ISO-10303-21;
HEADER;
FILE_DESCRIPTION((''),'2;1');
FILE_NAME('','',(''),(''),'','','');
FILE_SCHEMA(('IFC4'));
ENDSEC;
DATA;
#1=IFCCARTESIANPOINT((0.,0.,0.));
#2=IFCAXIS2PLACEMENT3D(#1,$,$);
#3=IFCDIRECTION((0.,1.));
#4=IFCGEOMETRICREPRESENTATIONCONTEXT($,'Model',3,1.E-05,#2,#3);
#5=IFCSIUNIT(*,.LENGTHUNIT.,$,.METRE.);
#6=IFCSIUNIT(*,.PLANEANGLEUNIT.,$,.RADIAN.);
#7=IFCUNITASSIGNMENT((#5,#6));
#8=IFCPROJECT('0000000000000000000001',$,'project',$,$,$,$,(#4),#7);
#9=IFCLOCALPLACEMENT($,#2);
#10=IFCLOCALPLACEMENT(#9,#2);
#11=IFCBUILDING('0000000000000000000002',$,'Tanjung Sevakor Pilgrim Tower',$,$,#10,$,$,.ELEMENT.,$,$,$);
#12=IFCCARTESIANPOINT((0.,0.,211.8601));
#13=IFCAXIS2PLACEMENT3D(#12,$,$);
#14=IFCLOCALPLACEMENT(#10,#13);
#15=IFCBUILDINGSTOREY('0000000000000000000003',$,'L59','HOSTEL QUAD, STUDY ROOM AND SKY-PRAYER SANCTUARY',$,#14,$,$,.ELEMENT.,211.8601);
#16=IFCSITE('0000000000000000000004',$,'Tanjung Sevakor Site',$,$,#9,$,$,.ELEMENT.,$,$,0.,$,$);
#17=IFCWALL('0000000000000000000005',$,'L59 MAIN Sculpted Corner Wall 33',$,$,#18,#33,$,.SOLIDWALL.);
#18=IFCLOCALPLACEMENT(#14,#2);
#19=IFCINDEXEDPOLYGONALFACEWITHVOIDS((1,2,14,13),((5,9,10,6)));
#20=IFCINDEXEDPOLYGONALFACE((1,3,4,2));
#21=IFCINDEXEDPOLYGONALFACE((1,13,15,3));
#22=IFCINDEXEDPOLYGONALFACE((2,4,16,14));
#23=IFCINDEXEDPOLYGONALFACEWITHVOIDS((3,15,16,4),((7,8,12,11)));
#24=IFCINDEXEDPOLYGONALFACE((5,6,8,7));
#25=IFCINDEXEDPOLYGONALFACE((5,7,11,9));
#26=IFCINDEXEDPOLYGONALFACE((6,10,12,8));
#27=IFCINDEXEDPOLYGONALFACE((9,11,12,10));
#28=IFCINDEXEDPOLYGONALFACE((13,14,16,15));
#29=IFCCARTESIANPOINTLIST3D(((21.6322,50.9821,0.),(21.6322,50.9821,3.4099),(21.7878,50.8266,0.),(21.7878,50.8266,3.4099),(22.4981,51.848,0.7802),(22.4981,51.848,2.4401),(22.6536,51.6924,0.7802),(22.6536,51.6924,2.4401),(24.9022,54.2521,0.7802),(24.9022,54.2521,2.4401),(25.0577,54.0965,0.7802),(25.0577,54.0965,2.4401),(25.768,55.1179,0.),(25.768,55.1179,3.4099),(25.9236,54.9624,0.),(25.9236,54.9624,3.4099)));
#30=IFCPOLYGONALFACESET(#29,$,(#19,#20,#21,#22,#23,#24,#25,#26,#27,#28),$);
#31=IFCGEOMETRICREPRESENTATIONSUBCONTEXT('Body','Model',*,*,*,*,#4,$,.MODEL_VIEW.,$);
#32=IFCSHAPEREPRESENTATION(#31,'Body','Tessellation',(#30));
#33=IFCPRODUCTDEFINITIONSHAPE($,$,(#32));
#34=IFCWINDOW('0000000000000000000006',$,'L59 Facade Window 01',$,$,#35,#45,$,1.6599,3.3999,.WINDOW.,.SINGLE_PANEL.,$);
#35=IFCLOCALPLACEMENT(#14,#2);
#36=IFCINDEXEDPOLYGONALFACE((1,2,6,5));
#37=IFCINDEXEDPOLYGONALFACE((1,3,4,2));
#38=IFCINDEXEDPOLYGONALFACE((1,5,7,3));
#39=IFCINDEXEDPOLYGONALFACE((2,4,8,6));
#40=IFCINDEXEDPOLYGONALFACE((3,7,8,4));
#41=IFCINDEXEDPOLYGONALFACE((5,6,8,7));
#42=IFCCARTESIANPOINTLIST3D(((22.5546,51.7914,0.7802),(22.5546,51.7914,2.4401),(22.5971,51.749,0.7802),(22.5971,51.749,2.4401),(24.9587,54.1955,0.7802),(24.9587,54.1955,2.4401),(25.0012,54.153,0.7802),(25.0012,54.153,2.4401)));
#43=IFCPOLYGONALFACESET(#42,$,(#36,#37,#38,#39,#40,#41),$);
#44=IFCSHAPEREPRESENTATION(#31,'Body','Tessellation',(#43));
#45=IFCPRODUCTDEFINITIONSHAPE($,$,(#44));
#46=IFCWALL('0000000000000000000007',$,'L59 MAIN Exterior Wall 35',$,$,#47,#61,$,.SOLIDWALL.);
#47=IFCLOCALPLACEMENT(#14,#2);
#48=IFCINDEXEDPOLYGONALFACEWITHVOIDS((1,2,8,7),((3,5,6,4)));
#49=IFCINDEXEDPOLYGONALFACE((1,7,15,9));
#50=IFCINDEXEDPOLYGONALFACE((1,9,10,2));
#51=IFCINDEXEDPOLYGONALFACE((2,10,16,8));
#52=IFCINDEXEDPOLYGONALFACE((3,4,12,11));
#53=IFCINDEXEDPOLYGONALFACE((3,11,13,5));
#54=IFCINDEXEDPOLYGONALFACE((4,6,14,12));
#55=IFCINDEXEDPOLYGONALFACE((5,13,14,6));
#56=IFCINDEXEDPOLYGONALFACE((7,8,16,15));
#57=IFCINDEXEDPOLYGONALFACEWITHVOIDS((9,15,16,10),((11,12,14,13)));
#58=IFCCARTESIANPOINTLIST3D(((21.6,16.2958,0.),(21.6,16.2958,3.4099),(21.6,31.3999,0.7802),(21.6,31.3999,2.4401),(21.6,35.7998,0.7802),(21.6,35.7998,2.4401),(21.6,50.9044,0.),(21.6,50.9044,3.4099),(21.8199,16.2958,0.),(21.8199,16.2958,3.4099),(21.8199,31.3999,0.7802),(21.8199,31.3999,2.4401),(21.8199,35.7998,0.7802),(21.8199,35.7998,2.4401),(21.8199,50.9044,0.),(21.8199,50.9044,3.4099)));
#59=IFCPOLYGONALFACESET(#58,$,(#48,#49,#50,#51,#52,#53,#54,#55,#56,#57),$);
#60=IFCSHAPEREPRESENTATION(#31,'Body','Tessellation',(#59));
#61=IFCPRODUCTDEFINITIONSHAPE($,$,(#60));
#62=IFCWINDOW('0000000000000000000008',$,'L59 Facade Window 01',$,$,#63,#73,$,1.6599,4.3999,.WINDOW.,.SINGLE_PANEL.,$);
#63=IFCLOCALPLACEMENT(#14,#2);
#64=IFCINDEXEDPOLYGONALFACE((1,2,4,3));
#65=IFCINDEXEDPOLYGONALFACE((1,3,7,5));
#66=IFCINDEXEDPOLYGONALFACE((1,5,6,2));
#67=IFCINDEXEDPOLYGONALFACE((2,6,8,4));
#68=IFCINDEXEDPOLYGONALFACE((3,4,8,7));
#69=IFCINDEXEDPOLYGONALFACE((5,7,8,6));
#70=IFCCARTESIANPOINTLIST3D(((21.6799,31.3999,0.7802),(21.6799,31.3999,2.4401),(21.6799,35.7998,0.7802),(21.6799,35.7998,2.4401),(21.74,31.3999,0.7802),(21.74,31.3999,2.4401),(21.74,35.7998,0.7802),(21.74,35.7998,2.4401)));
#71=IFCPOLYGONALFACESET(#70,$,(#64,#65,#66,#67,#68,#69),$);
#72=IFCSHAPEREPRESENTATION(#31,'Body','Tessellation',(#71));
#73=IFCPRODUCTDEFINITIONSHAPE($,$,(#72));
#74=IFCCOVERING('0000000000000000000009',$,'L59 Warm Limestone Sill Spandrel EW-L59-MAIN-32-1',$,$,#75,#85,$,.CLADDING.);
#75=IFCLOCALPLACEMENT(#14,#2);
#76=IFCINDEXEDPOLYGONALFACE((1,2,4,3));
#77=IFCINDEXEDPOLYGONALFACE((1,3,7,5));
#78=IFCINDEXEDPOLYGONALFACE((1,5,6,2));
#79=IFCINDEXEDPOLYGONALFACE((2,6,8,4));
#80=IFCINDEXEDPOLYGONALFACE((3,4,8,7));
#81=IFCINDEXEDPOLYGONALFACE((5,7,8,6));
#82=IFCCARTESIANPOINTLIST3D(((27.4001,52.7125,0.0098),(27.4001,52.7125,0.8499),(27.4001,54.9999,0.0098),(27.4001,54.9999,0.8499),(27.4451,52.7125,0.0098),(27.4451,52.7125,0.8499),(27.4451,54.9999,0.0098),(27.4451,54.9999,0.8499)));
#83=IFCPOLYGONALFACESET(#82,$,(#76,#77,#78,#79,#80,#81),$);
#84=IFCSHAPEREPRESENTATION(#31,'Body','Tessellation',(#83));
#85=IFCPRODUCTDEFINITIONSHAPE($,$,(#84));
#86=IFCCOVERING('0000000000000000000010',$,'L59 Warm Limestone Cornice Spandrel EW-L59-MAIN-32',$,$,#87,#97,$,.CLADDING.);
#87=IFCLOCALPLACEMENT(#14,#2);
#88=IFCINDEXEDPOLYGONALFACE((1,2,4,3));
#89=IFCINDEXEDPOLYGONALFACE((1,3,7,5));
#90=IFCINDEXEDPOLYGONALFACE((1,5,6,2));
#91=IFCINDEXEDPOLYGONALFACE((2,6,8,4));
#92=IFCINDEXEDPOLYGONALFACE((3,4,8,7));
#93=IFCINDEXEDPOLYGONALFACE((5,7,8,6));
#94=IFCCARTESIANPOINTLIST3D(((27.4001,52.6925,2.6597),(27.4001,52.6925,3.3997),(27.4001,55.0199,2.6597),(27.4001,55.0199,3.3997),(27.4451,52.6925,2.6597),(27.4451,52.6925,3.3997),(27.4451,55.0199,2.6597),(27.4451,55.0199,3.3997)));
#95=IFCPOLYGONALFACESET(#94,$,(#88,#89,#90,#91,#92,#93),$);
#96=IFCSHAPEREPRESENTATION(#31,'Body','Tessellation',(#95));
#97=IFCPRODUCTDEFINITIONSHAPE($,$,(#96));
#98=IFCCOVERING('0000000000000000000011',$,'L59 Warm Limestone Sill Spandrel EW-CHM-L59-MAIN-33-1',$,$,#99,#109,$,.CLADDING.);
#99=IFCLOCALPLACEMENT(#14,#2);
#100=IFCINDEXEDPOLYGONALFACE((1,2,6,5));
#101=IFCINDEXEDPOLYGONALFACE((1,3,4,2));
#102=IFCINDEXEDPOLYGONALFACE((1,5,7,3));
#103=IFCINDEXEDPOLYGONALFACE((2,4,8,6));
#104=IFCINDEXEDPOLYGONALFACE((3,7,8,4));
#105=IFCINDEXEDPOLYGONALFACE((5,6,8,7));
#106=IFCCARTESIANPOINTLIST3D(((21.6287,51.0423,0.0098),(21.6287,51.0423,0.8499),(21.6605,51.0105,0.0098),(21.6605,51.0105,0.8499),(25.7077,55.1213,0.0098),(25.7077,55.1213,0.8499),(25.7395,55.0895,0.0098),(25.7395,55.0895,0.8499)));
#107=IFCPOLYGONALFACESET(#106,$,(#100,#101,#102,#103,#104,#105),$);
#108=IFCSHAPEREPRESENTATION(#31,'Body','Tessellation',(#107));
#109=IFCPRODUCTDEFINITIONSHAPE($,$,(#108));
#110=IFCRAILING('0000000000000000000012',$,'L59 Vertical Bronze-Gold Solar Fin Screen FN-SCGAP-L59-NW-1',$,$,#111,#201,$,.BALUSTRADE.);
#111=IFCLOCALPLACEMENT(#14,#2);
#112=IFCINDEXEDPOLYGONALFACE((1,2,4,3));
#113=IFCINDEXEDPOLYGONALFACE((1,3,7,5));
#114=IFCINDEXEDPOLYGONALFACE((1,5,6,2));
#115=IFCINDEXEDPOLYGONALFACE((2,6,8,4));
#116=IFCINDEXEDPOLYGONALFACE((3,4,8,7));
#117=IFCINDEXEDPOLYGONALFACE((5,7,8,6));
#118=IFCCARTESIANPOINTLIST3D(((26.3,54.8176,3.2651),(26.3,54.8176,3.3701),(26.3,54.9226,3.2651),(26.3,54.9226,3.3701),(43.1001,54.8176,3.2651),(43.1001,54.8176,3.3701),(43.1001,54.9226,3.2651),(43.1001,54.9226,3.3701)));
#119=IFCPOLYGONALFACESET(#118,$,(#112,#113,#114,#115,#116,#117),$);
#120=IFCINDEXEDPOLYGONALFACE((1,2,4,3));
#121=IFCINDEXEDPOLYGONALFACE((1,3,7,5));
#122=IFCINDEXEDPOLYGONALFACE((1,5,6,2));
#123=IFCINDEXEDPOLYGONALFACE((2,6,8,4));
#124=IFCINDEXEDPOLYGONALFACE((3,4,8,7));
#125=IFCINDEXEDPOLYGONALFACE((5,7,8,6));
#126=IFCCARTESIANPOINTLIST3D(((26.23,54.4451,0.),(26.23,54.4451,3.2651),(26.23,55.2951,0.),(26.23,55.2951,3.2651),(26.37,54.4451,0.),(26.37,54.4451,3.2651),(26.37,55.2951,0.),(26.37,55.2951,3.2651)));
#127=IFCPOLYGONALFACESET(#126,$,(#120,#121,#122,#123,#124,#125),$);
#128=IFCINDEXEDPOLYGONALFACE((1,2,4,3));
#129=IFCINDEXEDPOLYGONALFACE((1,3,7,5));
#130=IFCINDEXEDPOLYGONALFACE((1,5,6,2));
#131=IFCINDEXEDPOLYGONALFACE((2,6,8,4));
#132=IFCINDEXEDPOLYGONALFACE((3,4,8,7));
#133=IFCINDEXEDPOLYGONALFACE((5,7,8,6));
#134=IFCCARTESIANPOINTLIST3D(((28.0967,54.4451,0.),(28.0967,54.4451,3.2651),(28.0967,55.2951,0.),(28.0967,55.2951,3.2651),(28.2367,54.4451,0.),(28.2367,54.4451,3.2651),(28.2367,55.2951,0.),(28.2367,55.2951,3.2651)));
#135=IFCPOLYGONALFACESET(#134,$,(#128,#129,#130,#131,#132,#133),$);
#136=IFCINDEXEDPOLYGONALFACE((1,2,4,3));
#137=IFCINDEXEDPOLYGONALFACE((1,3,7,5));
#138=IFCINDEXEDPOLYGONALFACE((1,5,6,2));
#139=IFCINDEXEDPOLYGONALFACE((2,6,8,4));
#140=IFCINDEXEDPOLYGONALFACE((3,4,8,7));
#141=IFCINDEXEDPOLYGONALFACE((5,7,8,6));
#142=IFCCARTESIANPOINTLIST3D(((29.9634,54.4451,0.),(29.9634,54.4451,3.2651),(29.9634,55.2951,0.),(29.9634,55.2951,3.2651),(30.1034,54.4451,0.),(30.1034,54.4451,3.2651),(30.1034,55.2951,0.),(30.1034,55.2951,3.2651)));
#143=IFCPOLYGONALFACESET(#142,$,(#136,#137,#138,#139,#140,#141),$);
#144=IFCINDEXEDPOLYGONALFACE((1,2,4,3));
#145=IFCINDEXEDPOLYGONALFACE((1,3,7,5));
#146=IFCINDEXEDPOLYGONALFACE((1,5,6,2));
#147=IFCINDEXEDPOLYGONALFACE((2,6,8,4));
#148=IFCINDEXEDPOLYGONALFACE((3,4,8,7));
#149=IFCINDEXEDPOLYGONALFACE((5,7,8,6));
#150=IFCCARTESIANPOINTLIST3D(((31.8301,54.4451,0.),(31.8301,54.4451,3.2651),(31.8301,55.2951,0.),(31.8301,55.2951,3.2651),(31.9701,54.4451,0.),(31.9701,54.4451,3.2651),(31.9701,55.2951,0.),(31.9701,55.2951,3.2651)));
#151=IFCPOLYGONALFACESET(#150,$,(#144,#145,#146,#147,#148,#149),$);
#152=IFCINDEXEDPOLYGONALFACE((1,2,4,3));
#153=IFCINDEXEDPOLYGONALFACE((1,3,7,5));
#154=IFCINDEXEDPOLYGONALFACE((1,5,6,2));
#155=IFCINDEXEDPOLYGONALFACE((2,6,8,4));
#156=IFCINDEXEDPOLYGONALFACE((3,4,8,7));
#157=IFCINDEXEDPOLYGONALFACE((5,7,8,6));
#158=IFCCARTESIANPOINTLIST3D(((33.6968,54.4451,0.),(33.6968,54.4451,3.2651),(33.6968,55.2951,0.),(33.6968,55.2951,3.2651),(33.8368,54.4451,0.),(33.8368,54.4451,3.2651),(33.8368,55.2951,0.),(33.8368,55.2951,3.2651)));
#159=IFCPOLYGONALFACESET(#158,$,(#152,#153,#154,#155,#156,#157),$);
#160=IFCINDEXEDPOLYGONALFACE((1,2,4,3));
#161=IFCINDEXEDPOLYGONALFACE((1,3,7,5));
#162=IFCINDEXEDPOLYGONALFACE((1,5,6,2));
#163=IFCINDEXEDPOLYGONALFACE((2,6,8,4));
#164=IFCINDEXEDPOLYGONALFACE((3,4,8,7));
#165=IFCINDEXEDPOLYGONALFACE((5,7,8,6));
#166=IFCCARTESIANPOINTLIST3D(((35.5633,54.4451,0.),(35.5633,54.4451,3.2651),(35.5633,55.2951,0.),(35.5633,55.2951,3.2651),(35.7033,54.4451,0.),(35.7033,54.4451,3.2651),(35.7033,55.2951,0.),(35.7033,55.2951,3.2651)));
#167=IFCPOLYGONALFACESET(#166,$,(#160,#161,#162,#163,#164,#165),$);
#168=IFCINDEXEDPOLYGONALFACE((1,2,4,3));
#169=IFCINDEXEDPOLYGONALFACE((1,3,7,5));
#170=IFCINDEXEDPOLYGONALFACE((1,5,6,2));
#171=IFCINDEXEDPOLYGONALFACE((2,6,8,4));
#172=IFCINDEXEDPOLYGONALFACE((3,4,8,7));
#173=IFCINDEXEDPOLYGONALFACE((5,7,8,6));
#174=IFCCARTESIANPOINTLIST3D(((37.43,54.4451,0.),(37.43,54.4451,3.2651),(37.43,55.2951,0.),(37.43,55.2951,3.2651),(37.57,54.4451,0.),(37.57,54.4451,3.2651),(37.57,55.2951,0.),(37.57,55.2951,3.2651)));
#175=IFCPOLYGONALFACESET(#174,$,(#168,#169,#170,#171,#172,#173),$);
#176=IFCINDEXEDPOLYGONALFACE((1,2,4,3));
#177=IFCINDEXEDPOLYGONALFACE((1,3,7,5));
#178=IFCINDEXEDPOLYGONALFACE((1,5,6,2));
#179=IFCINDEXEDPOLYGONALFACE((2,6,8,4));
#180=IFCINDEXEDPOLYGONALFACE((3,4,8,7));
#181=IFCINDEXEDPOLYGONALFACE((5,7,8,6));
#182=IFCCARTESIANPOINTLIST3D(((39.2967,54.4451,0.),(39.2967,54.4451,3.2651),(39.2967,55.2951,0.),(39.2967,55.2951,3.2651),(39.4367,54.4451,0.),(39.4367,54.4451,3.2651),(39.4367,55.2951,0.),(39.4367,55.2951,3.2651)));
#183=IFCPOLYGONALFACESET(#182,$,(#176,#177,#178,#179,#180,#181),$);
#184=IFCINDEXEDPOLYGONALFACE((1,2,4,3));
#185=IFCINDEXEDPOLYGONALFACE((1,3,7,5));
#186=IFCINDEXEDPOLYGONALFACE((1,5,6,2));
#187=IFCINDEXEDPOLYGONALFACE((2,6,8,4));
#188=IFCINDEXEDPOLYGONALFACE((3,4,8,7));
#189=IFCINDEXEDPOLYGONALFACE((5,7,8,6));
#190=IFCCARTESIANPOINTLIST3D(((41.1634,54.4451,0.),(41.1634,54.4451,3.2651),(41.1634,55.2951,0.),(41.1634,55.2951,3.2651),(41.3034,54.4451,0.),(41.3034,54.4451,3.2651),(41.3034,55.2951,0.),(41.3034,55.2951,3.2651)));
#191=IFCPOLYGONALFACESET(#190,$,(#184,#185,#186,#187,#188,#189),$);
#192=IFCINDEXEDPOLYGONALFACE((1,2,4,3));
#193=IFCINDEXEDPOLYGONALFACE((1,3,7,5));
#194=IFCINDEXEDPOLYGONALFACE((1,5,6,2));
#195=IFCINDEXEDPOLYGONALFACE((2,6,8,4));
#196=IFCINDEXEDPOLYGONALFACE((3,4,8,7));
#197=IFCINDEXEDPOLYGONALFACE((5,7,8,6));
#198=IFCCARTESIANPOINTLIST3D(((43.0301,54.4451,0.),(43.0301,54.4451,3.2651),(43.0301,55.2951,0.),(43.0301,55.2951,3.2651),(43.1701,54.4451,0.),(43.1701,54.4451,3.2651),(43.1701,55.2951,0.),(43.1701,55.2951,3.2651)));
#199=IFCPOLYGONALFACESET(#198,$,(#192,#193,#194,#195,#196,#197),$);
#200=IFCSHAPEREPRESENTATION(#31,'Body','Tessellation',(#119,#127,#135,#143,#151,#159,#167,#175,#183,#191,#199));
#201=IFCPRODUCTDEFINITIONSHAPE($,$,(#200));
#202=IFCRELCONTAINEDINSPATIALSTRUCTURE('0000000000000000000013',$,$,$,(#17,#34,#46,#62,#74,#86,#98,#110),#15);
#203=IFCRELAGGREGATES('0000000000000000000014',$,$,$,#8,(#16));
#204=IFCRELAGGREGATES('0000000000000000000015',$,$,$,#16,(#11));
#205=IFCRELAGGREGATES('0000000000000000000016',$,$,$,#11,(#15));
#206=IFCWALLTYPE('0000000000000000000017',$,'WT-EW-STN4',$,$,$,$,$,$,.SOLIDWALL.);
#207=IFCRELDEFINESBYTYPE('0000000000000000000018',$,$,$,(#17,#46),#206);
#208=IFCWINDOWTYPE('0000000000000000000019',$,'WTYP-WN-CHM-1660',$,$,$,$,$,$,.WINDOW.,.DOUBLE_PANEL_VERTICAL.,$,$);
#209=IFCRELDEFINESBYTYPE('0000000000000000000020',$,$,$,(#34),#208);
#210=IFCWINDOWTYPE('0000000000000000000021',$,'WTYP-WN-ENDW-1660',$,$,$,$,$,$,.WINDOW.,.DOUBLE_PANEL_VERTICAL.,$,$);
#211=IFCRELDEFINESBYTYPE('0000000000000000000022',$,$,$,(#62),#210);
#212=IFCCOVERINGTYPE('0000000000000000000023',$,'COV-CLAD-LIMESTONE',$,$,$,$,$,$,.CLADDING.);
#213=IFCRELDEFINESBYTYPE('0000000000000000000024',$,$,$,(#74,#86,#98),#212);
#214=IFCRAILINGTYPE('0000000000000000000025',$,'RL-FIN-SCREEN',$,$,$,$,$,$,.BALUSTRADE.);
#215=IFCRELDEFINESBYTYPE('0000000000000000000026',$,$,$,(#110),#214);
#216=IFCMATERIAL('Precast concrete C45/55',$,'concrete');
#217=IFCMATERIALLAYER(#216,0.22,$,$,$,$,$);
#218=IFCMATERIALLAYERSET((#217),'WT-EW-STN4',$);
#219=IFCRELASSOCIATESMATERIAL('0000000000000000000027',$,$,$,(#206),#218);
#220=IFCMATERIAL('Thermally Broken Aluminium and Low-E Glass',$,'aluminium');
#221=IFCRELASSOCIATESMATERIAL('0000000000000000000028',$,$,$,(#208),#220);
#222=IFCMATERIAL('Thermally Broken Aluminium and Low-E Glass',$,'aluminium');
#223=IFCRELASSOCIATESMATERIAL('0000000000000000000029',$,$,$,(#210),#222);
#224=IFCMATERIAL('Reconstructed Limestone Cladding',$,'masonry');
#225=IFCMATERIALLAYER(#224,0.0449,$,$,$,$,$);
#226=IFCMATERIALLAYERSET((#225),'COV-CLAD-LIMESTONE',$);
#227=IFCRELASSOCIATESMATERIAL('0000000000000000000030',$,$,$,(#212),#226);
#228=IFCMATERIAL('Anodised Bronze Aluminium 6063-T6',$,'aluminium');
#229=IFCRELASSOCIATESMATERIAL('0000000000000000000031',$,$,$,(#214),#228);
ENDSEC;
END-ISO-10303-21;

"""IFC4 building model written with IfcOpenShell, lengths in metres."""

from ifc_helpers import new_model, si_unit, direction, frame, frame_2d, origin, origin_2d, place, context, subcontext, project, spatial, rectangle, extrude, material, layer, layer_set, type_object, element, fill, save


model = new_model("IFC4")

# Units and contexts
model_context = context("Model", 3, precision=1e-05, world=origin(), true_north=direction((0.0, 1.0)))
body_context = subcontext(model_context, "Body", "Model", "MODEL_VIEW")
ifc_project = project(units=[si_unit("LENGTHUNIT", "METRE"), si_unit("PLANEANGLEUNIT", "RADIAN")], contexts=[model_context])

# Site, building, storey
site_placement = place(None, origin())
site = spatial("IfcSite", under=ifc_project, at=site_placement, Name="Tanjung Sevakor Site", CompositionType="ELEMENT", RefElevation=0.0)
building_placement = place(site_placement, origin())
building = spatial("IfcBuilding", under=site, at=building_placement, Name="Tanjung Sevakor Pilgrim Tower", CompositionType="ELEMENT")
storey_placement = place(building_placement, frame((0.0, 0.0, 211.8601)))
storey = spatial("IfcBuildingStorey", under=building, at=storey_placement, Name="L59", Description="HOSTEL QUAD, STUDY ROOM AND SKY-PRAYER SANCTUARY", CompositionType="ELEMENT", Elevation=211.8601)

# Walls, openings, windows
ifc_material_1 = material(Name="Precast concrete C45/55", Category="concrete")
ifc_layer_1 = layer(ifc_material_1, 0.22)
ifc_layer_set_1 = layer_set([ifc_layer_1], Name="WT-EW-STN4")
wall_type = type_object("IfcWallType", Name="WT-EW-STN4", PredefinedType="SOLIDWALL", material=ifc_layer_set_1)
wall_1_placement = place(storey_placement, frame((25.8457, 55.04, 0.0), z_axis=(0.0, 0.0, 1.0), x_axis=(-0.707107, -0.707107, 0.0)))
wall_1 = element("IfcWall", 1, at=wall_1_placement, inside=storey, type_object=wall_type, Name="L59 MAIN Sculpted Corner Wall 33", PredefinedType="SOLIDWALL", context=body_context, shape_type="SweptSolid", body=[
    extrude(rectangle(XDim=5.8489, YDim=0.22, at=frame_2d((2.9243, 0.0))), origin(), (0.0, 0.0, 1.0), 3.4099),
])
opening_1_placement = place(wall_1_placement, frame((1.2244, 0.0, 0.78)))
opening_1 = element("IfcOpeningElement", 2, at=opening_1_placement, cuts=wall_1, PredefinedType="OPENING", context=body_context, shape_type="SweptSolid", body=[
    extrude(rectangle(XDim=3.3999, YDim=1.6599, at=frame_2d((1.7, 0.8301))), frame((0.0, 0.1199, 0.0), z_axis=(0.0, -1.0, 0.0), x_axis=(1.0, 0.0, 0.0)), (0.0, 0.0, 1.0), 0.24),
])
ifc_material_2 = material(Name="Thermally Broken Aluminium and Low-E Glass", Category="aluminium")
window_type_1 = type_object("IfcWindowType", Name="WTYP-WN-CHM-1660", PartitioningType="DOUBLE_PANEL_VERTICAL", PredefinedType="WINDOW", material=ifc_material_2)
window_1_placement = place(opening_1_placement, origin())
window_1 = element("IfcWindow", 3, at=window_1_placement, inside=storey, type_object=window_type_1, Name="L59 Facade Window 01", OverallHeight=1.6599, OverallWidth=3.3999, PartitioningType="SINGLE_PANEL", PredefinedType="WINDOW", context=body_context, shape_type="SweptSolid", body=[
    extrude(rectangle(XDim=3.3999, YDim=1.6599, at=frame_2d((1.7, 0.8301))), frame((0.0, 0.03, 0.0), z_axis=(0.0, -1.0, 0.0), x_axis=(1.0, 0.0, 0.0)), (0.0, 0.0, 1.0), 0.0601),
])
fill(opening_1, window_1)
wall_2_placement = place(storey_placement, frame((21.71, 50.9043, 0.0), z_axis=(0.0, 0.0, 1.0), x_axis=(0.0, -1.0, 0.0)))
wall_2 = element("IfcWall", 4, at=wall_2_placement, inside=storey, type_object=wall_type, Name="L59 MAIN Exterior Wall 35", PredefinedType="SOLIDWALL", context=body_context, shape_type="SweptSolid", body=[
    extrude(rectangle(XDim=34.6086, YDim=0.22, at=frame_2d((17.3042, 0.0))), origin(), (0.0, 0.0, 1.0), 3.4099),
])
opening_2_placement = place(wall_2_placement, frame((15.1045, 0.0, 0.78)))
opening_2 = element("IfcOpeningElement", 5, at=opening_2_placement, cuts=wall_2, PredefinedType="OPENING", context=body_context, shape_type="SweptSolid", body=[
    extrude(rectangle(XDim=4.3999, YDim=1.6599, at=frame_2d((2.2, 0.8301))), frame((0.0, 0.1199, 0.0), z_axis=(0.0, -1.0, 0.0), x_axis=(1.0, 0.0, 0.0)), (0.0, 0.0, 1.0), 0.24),
])
ifc_material_3 = material(Name="Thermally Broken Aluminium and Low-E Glass", Category="aluminium")
window_type_2 = type_object("IfcWindowType", Name="WTYP-WN-ENDW-1660", PartitioningType="DOUBLE_PANEL_VERTICAL", PredefinedType="WINDOW", material=ifc_material_3)
window_2_placement = place(opening_2_placement, origin())
window_2 = element("IfcWindow", 6, at=window_2_placement, inside=storey, type_object=window_type_2, Name="L59 Facade Window 01", OverallHeight=1.6599, OverallWidth=4.3999, PartitioningType="SINGLE_PANEL", PredefinedType="WINDOW", context=body_context, shape_type="SweptSolid", body=[
    extrude(rectangle(XDim=4.3999, YDim=1.6599, at=frame_2d((2.2, 0.8301))), frame((0.0, 0.03, 0.0), z_axis=(0.0, -1.0, 0.0), x_axis=(1.0, 0.0, 0.0)), (0.0, 0.0, 1.0), 0.0601),
])
fill(opening_2, window_2)

# Coverings
ifc_material_4 = material(Name="Reconstructed Limestone Cladding", Category="masonry")
ifc_layer_2 = layer(ifc_material_4, 0.0449)
ifc_layer_set_2 = layer_set([ifc_layer_2], Name="COV-CLAD-LIMESTONE")
covering_type = type_object("IfcCoveringType", Name="COV-CLAD-LIMESTONE", PredefinedType="CLADDING", material=ifc_layer_set_2)
covering_1_placement = place(storey_placement, frame((27.4226, 53.8562, 0.0098), z_axis=(0.0, 0.0, 1.0), x_axis=(0.0, 1.0, 0.0)))
element("IfcCovering", 7, at=covering_1_placement, inside=storey, type_object=covering_type, Name="L59 Warm Limestone Sill Spandrel EW-L59-MAIN-32-1", PredefinedType="CLADDING", context=body_context, shape_type="SweptSolid", body=[
    extrude(rectangle(XDim=2.2874, YDim=0.0449, at=origin_2d()), origin(), (0.0, 0.0, 1.0), 0.8401),
])
covering_2_placement = place(storey_placement, frame((27.4226, 53.8562, 2.6597), z_axis=(0.0, 0.0, 1.0), x_axis=(0.0, 1.0, 0.0)))
element("IfcCovering", 8, at=covering_2_placement, inside=storey, type_object=covering_type, Name="L59 Warm Limestone Cornice Spandrel EW-L59-MAIN-32", PredefinedType="CLADDING", context=body_context, shape_type="SweptSolid", body=[
    extrude(rectangle(XDim=2.3274, YDim=0.0449, at=origin_2d()), origin(), (0.0, 0.0, 1.0), 0.74),
])
covering_3_placement = place(storey_placement, frame((23.6841, 53.0659, 0.0098), z_axis=(0.0, 0.0, 1.0), x_axis=(-0.707107, -0.707107, 0.0)))
element("IfcCovering", 9, at=covering_3_placement, inside=storey, type_object=covering_type, Name="L59 Warm Limestone Sill Spandrel EW-CHM-L59-MAIN-33-1", PredefinedType="CLADDING", context=body_context, shape_type="SweptSolid", body=[
    extrude(rectangle(XDim=5.7686, YDim=0.0449, at=origin_2d()), origin(), (0.0, 0.0, 1.0), 0.8401),
])

# Railing
ifc_material_5 = material(Name="Anodised Bronze Aluminium 6063-T6", Category="aluminium")
railing_type = type_object("IfcRailingType", Name="RL-FIN-SCREEN", PredefinedType="BALUSTRADE", material=ifc_material_5)
railing_placement = place(storey_placement, frame((26.3, 54.8701, 0.0)))
element("IfcRailing", 10, at=railing_placement, inside=storey, type_object=railing_type, Name="L59 Vertical Bronze-Gold Solar Fin Screen FN-SCGAP-L59-NW-1", PredefinedType="BALUSTRADE", context=body_context, shape_type="SweptSolid", body=[
    extrude(rectangle(XDim=0.105, YDim=0.105), frame((0.0, 0.0, 3.3176), z_axis=(1.0, 0.0, 0.0), x_axis=(0.0, 1.0, 0.0)), (0.0, 0.0, 1.0), 16.8),
    extrude(rectangle(XDim=0.14, YDim=0.85), origin(), (0.0, 0.0, 1.0), 3.2651),
    extrude(rectangle(XDim=0.14, YDim=0.85), frame((1.8667, 0.0, 0.0)), (0.0, 0.0, 1.0), 3.2651),
    extrude(rectangle(XDim=0.14, YDim=0.85), frame((3.7334, 0.0, 0.0)), (0.0, 0.0, 1.0), 3.2651),
    extrude(rectangle(XDim=0.14, YDim=0.85), frame((5.6001, 0.0, 0.0)), (0.0, 0.0, 1.0), 3.2651),
    extrude(rectangle(XDim=0.14, YDim=0.85), frame((7.4668, 0.0, 0.0)), (0.0, 0.0, 1.0), 3.2651),
    extrude(rectangle(XDim=0.14, YDim=0.85), frame((9.3333, 0.0, 0.0)), (0.0, 0.0, 1.0), 3.2651),
    extrude(rectangle(XDim=0.14, YDim=0.85), frame((11.2, 0.0, 0.0)), (0.0, 0.0, 1.0), 3.2651),
    extrude(rectangle(XDim=0.14, YDim=0.85), frame((13.0667, 0.0, 0.0)), (0.0, 0.0, 1.0), 3.2651),
    extrude(rectangle(XDim=0.14, YDim=0.85), frame((14.9333, 0.0, 0.0)), (0.0, 0.0, 1.0), 3.2651),
    extrude(rectangle(XDim=0.14, YDim=0.85), frame((16.8, 0.0, 0.0)), (0.0, 0.0, 1.0), 3.2651),
])

save(model, "model.ifc")
